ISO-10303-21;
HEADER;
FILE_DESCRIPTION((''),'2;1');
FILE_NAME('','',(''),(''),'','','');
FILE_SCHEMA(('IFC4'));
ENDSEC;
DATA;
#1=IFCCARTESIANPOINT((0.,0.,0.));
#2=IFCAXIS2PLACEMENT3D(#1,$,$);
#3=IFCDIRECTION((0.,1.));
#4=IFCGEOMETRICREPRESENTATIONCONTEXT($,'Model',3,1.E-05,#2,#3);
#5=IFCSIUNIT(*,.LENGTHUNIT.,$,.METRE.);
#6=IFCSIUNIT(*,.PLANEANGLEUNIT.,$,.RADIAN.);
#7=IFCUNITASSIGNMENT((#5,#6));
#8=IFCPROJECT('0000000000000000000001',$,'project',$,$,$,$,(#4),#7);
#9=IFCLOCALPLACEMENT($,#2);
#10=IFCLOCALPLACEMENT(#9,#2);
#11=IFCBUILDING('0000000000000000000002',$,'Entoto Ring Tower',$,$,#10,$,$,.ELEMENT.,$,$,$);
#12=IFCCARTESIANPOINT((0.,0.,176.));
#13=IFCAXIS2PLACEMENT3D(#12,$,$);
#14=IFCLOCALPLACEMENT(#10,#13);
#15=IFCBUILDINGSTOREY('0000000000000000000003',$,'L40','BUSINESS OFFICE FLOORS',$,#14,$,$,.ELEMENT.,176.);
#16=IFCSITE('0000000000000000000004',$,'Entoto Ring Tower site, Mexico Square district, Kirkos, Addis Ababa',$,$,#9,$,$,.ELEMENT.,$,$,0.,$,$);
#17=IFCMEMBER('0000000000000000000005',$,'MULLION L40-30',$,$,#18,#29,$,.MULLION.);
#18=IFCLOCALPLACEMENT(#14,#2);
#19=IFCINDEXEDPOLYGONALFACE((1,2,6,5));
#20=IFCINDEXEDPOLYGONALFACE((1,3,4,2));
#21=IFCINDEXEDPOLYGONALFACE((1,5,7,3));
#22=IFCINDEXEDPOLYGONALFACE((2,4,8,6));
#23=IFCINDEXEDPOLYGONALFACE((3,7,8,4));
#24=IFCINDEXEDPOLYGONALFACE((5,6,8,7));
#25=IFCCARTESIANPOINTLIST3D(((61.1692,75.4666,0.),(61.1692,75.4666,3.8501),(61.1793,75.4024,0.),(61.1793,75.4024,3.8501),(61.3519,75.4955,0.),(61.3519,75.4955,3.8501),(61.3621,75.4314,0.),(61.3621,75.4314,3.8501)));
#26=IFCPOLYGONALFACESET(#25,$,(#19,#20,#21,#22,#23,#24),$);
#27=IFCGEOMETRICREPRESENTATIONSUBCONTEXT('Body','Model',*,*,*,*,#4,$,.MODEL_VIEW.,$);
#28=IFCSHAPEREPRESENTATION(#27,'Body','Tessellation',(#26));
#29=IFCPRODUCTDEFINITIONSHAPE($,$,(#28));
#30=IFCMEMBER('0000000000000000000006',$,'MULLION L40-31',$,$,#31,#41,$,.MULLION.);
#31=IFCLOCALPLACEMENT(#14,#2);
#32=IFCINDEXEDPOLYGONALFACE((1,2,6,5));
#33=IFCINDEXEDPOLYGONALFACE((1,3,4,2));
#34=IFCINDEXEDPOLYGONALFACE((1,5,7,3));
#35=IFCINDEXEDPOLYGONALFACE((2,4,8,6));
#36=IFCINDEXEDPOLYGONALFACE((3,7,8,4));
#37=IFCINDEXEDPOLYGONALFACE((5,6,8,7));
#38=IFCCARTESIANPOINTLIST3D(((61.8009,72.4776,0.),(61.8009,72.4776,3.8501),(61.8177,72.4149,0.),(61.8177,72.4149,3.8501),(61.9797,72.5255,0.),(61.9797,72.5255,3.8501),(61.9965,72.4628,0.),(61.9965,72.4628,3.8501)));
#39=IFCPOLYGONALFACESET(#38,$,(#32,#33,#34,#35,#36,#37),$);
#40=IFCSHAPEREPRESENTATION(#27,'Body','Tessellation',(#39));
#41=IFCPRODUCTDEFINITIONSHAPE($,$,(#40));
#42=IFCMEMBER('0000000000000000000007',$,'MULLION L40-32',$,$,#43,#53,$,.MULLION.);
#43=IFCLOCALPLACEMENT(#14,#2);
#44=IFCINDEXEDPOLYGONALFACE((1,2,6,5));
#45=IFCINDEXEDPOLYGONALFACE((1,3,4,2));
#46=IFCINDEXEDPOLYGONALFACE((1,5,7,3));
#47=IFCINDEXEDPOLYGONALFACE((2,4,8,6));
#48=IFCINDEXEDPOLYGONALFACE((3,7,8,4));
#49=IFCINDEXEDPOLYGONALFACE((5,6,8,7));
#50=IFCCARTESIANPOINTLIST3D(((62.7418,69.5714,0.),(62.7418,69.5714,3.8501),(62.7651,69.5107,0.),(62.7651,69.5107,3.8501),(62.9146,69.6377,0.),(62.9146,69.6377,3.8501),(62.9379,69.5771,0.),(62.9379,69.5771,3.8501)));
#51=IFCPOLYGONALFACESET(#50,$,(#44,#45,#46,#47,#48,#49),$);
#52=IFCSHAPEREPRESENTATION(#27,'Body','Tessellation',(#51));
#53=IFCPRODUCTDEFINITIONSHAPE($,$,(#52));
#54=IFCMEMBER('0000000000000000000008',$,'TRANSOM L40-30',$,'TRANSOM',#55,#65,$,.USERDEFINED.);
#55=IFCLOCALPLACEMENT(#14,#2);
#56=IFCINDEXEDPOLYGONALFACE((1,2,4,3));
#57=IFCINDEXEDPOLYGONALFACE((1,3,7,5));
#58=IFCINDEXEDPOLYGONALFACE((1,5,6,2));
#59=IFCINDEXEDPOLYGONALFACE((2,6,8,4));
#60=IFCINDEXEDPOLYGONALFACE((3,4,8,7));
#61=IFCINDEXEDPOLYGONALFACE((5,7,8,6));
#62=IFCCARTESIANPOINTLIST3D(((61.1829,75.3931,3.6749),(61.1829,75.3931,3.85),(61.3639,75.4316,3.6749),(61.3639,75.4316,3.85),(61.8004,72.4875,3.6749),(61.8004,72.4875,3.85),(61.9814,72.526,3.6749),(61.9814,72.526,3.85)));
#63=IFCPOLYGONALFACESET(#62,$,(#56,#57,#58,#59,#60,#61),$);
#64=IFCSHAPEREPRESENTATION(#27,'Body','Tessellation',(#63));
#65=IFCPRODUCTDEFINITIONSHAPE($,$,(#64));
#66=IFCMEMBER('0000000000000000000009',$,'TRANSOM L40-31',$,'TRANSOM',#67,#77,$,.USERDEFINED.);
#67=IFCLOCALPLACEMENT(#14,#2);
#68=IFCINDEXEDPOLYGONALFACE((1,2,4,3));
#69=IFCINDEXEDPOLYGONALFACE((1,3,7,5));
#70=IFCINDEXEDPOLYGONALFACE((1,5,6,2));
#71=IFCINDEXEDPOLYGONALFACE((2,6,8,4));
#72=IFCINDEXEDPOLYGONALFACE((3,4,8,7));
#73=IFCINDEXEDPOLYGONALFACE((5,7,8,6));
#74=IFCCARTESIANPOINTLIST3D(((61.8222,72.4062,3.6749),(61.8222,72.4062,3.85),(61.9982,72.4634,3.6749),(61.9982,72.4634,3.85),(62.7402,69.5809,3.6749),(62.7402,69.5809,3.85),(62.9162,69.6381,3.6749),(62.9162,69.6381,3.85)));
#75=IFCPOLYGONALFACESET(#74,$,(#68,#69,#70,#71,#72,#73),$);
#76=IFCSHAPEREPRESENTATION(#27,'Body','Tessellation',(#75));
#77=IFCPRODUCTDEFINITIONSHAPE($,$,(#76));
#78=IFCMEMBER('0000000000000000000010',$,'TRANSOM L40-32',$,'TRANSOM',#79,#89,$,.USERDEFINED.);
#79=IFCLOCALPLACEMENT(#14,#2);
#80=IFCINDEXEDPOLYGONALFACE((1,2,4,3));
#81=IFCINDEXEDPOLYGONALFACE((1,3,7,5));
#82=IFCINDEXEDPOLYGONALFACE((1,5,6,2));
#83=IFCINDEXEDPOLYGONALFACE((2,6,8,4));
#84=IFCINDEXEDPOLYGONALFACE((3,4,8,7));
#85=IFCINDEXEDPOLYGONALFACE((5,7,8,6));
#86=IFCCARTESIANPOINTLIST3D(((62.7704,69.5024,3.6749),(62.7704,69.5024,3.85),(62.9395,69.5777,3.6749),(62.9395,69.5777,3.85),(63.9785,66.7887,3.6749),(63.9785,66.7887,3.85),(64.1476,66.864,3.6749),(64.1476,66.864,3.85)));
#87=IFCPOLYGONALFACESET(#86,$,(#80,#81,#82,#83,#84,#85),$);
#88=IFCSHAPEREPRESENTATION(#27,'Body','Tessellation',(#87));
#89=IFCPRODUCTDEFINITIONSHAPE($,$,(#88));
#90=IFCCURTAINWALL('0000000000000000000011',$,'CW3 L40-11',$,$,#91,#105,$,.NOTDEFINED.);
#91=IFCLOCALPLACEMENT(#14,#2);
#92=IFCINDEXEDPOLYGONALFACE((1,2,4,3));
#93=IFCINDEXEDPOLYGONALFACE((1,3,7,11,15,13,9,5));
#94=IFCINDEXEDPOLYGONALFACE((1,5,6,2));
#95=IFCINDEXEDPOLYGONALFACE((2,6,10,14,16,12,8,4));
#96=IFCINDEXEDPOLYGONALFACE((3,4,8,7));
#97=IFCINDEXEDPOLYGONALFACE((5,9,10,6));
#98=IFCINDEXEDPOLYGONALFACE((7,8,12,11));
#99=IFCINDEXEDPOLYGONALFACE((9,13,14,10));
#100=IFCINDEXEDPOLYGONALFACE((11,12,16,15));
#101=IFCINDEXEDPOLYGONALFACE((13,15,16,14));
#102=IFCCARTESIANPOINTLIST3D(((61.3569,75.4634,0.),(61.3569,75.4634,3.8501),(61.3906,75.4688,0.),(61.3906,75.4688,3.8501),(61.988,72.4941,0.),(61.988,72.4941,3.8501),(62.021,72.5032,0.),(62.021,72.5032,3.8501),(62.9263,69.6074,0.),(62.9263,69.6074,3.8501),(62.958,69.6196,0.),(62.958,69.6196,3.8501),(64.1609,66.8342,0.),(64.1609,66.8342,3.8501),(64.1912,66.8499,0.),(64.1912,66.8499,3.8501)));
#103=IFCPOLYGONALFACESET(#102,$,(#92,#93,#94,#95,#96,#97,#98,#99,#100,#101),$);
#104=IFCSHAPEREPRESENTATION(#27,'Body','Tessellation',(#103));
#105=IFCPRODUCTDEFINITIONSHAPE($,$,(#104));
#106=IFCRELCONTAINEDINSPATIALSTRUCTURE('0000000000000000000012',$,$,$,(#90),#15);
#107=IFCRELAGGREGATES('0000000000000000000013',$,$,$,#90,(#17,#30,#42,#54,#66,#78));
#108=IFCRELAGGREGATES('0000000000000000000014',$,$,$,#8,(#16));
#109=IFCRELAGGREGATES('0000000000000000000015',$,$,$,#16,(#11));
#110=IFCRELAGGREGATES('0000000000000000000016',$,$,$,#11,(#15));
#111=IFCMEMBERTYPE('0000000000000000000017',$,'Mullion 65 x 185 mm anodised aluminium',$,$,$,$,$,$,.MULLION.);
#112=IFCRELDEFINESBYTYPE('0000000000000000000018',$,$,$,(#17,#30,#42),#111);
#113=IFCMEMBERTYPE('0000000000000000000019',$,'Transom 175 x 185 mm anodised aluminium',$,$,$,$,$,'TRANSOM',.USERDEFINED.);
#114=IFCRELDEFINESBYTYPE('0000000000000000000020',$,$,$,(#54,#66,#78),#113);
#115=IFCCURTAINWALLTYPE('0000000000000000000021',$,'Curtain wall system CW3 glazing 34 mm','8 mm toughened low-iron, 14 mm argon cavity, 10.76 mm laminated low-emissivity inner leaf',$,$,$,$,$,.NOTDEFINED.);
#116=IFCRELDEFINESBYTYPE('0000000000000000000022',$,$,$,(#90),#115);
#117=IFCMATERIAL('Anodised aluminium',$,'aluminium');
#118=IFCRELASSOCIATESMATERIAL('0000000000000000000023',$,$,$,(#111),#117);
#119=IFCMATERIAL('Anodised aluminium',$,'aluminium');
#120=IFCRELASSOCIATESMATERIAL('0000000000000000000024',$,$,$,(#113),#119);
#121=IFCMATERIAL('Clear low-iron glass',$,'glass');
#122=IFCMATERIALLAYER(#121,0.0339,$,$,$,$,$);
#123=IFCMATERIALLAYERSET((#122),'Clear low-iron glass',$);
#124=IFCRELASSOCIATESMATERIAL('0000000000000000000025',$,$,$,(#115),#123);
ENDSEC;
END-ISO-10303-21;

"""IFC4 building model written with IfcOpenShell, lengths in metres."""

from ifc_helpers import new_model, si_unit, direction, frame, origin, origin_2d, place, context, subcontext, project, spatial, polyline, rectangle, outline, extrude, material, layer, layer_set, material_profile, profile_set, type_object, element, aggregate, save


model = new_model("IFC4")

# Units and contexts
model_context = context("Model", 3, precision=1e-05, world=origin(), true_north=direction((0.0, 1.0)))
body_context = subcontext(model_context, "Body", "Model", "MODEL_VIEW")
ifc_project = project(units=[si_unit("LENGTHUNIT", "METRE"), si_unit("PLANEANGLEUNIT", "RADIAN")], contexts=[model_context])

# Members
ifc_material_1 = material(Name="Anodised aluminium", Category="aluminium")
ifc_material_profile_1 = material_profile(ifc_material_1, rectangle(XDim=0.0649, YDim=0.1851, at=origin_2d()), Name="Mullion 65 x 185 mm anodised aluminium")
ifc_profile_set_1 = profile_set([ifc_material_profile_1], Name="Anodised aluminium")
member_type_1 = type_object("IfcMemberType", Name="Mullion 65 x 185 mm anodised aluminium", PredefinedType="MULLION", material=ifc_profile_set_1)
site_placement = place(None, origin())
building_placement = place(site_placement, origin())
storey_placement = place(building_placement, frame((0.0, 0.0, 176.0)))
member_1_placement = place(storey_placement, frame((61.2656, 75.449, 0.0), z_axis=(0.0, 0.0, 1.0), x_axis=(0.156434, -0.987688, 0.0)))
member_1 = element("IfcMember", 1, at=member_1_placement, type_object=member_type_1, Name="MULLION L40-30", PredefinedType="MULLION", context=body_context, shape_type="SweptSolid", body=[
    extrude(rectangle(XDim=0.0649, YDim=0.1851, at=origin_2d()), origin(), (0.0, 0.0, 1.0), 3.8501),
])
member_2_placement = place(storey_placement, frame((61.8987, 72.4702, 0.0), z_axis=(0.0, 0.0, 1.0), x_axis=(0.258819, -0.965926, 0.0)))
member_2 = element("IfcMember", 2, at=member_2_placement, type_object=member_type_1, Name="MULLION L40-31", PredefinedType="MULLION", context=body_context, shape_type="SweptSolid", body=[
    extrude(rectangle(XDim=0.0649, YDim=0.1851, at=origin_2d()), origin(), (0.0, 0.0, 1.0), 3.8501),
])
member_3_placement = place(storey_placement, frame((62.8398, 69.5742, 0.0), z_axis=(0.0, 0.0, 1.0), x_axis=(0.358368, -0.93358, 0.0)))
member_3 = element("IfcMember", 3, at=member_3_placement, type_object=member_type_1, Name="MULLION L40-32", PredefinedType="MULLION", context=body_context, shape_type="SweptSolid", body=[
    extrude(rectangle(XDim=0.0649, YDim=0.1851, at=origin_2d()), origin(), (0.0, 0.0, 1.0), 3.8501),
])
ifc_material_2 = material(Name="Anodised aluminium", Category="aluminium")
ifc_material_profile_2 = material_profile(ifc_material_2, rectangle(XDim=0.1851, YDim=0.175, at=origin_2d()), Name="Transom 175 x 185 mm anodised aluminium")
ifc_profile_set_2 = profile_set([ifc_material_profile_2], Name="Anodised aluminium")
member_type_2 = type_object("IfcMemberType", Name="Transom 175 x 185 mm anodised aluminium", ElementType="TRANSOM", PredefinedType="USERDEFINED", material=ifc_profile_set_2)
member_4_placement = place(storey_placement, frame((61.2734, 75.4124, 3.7625), z_axis=(0.207862, -0.978158, 0.0), x_axis=(0.978158, 0.207862, 0.0)))
member_4 = element("IfcMember", 4, at=member_4_placement, type_object=member_type_2, Name="TRANSOM L40-30", ObjectType="TRANSOM", PredefinedType="USERDEFINED", context=body_context, shape_type="SweptSolid", body=[
    extrude(rectangle(XDim=0.1851, YDim=0.175, at=origin_2d()), origin(), (0.0, 0.0, 1.0), 2.9705),
])
member_5_placement = place(storey_placement, frame((61.9102, 72.4348, 3.7625), z_axis=(0.309019, -0.951056, 0.0), x_axis=(0.951056, 0.309019, 0.0)))
member_5 = element("IfcMember", 5, at=member_5_placement, type_object=member_type_2, Name="TRANSOM L40-31", ObjectType="TRANSOM", PredefinedType="USERDEFINED", context=body_context, shape_type="SweptSolid", body=[
    extrude(rectangle(XDim=0.1851, YDim=0.175, at=origin_2d()), origin(), (0.0, 0.0, 1.0), 2.9707),
])
member_6_placement = place(storey_placement, frame((62.855, 69.54, 3.7625), z_axis=(0.406687, -0.913567, 0.0), x_axis=(0.913567, 0.406687, 0.0)))
member_6 = element("IfcMember", 6, at=member_6_placement, type_object=member_type_2, Name="TRANSOM L40-32", ObjectType="TRANSOM", PredefinedType="USERDEFINED", context=body_context, shape_type="SweptSolid", body=[
    extrude(rectangle(XDim=0.1851, YDim=0.175, at=origin_2d()), origin(), (0.0, 0.0, 1.0), 2.9705),
])

# Site, building, storey
site = spatial("IfcSite", under=ifc_project, at=site_placement, Name="Entoto Ring Tower site, Mexico Square district, Kirkos, Addis Ababa", CompositionType="ELEMENT", RefElevation=0.0)
building = spatial("IfcBuilding", under=site, at=building_placement, Name="Entoto Ring Tower", CompositionType="ELEMENT")
storey = spatial("IfcBuildingStorey", under=building, at=storey_placement, Name="L40", Description="BUSINESS OFFICE FLOORS", CompositionType="ELEMENT", Elevation=176.0)

# Curtain wall
ifc_material_3 = material(Name="Clear low-iron glass", Category="glass")
ifc_layer = layer(ifc_material_3, 0.0339)
ifc_layer_set = layer_set([ifc_layer], Name="Clear low-iron glass")
curtain_wall_type = type_object("IfcCurtainWallType", Name="Curtain wall system CW3 glazing 34 mm", Description="8 mm toughened low-iron, 14 mm argon cavity, 10.76 mm laminated low-emissivity inner leaf", PredefinedType="NOTDEFINED", material=ifc_layer_set)
curtain_wall_1_placement = place(storey_placement, origin())
curtain_wall_1 = element("IfcCurtainWall", 7, at=curtain_wall_1_placement, inside=storey, type_object=curtain_wall_type, Name="CW3 L40-11", PredefinedType="NOTDEFINED", context=body_context, shape_type="SweptSolid", body=[
    extrude(outline(polyline([(61.3569, 75.4634), (61.988, 72.4941), (62.9263, 69.6074), (64.1609, 66.8342), (64.1912, 66.8499), (62.958, 69.6196), (62.021, 72.5032), (61.3906, 75.4688), (61.3569, 75.4634)])), origin(), (0.0, 0.0, 1.0), 3.8501),
])
aggregate(curtain_wall_1, [member_1, member_2, member_3, member_4, member_5, member_6])

save(model, "model.ifc")
